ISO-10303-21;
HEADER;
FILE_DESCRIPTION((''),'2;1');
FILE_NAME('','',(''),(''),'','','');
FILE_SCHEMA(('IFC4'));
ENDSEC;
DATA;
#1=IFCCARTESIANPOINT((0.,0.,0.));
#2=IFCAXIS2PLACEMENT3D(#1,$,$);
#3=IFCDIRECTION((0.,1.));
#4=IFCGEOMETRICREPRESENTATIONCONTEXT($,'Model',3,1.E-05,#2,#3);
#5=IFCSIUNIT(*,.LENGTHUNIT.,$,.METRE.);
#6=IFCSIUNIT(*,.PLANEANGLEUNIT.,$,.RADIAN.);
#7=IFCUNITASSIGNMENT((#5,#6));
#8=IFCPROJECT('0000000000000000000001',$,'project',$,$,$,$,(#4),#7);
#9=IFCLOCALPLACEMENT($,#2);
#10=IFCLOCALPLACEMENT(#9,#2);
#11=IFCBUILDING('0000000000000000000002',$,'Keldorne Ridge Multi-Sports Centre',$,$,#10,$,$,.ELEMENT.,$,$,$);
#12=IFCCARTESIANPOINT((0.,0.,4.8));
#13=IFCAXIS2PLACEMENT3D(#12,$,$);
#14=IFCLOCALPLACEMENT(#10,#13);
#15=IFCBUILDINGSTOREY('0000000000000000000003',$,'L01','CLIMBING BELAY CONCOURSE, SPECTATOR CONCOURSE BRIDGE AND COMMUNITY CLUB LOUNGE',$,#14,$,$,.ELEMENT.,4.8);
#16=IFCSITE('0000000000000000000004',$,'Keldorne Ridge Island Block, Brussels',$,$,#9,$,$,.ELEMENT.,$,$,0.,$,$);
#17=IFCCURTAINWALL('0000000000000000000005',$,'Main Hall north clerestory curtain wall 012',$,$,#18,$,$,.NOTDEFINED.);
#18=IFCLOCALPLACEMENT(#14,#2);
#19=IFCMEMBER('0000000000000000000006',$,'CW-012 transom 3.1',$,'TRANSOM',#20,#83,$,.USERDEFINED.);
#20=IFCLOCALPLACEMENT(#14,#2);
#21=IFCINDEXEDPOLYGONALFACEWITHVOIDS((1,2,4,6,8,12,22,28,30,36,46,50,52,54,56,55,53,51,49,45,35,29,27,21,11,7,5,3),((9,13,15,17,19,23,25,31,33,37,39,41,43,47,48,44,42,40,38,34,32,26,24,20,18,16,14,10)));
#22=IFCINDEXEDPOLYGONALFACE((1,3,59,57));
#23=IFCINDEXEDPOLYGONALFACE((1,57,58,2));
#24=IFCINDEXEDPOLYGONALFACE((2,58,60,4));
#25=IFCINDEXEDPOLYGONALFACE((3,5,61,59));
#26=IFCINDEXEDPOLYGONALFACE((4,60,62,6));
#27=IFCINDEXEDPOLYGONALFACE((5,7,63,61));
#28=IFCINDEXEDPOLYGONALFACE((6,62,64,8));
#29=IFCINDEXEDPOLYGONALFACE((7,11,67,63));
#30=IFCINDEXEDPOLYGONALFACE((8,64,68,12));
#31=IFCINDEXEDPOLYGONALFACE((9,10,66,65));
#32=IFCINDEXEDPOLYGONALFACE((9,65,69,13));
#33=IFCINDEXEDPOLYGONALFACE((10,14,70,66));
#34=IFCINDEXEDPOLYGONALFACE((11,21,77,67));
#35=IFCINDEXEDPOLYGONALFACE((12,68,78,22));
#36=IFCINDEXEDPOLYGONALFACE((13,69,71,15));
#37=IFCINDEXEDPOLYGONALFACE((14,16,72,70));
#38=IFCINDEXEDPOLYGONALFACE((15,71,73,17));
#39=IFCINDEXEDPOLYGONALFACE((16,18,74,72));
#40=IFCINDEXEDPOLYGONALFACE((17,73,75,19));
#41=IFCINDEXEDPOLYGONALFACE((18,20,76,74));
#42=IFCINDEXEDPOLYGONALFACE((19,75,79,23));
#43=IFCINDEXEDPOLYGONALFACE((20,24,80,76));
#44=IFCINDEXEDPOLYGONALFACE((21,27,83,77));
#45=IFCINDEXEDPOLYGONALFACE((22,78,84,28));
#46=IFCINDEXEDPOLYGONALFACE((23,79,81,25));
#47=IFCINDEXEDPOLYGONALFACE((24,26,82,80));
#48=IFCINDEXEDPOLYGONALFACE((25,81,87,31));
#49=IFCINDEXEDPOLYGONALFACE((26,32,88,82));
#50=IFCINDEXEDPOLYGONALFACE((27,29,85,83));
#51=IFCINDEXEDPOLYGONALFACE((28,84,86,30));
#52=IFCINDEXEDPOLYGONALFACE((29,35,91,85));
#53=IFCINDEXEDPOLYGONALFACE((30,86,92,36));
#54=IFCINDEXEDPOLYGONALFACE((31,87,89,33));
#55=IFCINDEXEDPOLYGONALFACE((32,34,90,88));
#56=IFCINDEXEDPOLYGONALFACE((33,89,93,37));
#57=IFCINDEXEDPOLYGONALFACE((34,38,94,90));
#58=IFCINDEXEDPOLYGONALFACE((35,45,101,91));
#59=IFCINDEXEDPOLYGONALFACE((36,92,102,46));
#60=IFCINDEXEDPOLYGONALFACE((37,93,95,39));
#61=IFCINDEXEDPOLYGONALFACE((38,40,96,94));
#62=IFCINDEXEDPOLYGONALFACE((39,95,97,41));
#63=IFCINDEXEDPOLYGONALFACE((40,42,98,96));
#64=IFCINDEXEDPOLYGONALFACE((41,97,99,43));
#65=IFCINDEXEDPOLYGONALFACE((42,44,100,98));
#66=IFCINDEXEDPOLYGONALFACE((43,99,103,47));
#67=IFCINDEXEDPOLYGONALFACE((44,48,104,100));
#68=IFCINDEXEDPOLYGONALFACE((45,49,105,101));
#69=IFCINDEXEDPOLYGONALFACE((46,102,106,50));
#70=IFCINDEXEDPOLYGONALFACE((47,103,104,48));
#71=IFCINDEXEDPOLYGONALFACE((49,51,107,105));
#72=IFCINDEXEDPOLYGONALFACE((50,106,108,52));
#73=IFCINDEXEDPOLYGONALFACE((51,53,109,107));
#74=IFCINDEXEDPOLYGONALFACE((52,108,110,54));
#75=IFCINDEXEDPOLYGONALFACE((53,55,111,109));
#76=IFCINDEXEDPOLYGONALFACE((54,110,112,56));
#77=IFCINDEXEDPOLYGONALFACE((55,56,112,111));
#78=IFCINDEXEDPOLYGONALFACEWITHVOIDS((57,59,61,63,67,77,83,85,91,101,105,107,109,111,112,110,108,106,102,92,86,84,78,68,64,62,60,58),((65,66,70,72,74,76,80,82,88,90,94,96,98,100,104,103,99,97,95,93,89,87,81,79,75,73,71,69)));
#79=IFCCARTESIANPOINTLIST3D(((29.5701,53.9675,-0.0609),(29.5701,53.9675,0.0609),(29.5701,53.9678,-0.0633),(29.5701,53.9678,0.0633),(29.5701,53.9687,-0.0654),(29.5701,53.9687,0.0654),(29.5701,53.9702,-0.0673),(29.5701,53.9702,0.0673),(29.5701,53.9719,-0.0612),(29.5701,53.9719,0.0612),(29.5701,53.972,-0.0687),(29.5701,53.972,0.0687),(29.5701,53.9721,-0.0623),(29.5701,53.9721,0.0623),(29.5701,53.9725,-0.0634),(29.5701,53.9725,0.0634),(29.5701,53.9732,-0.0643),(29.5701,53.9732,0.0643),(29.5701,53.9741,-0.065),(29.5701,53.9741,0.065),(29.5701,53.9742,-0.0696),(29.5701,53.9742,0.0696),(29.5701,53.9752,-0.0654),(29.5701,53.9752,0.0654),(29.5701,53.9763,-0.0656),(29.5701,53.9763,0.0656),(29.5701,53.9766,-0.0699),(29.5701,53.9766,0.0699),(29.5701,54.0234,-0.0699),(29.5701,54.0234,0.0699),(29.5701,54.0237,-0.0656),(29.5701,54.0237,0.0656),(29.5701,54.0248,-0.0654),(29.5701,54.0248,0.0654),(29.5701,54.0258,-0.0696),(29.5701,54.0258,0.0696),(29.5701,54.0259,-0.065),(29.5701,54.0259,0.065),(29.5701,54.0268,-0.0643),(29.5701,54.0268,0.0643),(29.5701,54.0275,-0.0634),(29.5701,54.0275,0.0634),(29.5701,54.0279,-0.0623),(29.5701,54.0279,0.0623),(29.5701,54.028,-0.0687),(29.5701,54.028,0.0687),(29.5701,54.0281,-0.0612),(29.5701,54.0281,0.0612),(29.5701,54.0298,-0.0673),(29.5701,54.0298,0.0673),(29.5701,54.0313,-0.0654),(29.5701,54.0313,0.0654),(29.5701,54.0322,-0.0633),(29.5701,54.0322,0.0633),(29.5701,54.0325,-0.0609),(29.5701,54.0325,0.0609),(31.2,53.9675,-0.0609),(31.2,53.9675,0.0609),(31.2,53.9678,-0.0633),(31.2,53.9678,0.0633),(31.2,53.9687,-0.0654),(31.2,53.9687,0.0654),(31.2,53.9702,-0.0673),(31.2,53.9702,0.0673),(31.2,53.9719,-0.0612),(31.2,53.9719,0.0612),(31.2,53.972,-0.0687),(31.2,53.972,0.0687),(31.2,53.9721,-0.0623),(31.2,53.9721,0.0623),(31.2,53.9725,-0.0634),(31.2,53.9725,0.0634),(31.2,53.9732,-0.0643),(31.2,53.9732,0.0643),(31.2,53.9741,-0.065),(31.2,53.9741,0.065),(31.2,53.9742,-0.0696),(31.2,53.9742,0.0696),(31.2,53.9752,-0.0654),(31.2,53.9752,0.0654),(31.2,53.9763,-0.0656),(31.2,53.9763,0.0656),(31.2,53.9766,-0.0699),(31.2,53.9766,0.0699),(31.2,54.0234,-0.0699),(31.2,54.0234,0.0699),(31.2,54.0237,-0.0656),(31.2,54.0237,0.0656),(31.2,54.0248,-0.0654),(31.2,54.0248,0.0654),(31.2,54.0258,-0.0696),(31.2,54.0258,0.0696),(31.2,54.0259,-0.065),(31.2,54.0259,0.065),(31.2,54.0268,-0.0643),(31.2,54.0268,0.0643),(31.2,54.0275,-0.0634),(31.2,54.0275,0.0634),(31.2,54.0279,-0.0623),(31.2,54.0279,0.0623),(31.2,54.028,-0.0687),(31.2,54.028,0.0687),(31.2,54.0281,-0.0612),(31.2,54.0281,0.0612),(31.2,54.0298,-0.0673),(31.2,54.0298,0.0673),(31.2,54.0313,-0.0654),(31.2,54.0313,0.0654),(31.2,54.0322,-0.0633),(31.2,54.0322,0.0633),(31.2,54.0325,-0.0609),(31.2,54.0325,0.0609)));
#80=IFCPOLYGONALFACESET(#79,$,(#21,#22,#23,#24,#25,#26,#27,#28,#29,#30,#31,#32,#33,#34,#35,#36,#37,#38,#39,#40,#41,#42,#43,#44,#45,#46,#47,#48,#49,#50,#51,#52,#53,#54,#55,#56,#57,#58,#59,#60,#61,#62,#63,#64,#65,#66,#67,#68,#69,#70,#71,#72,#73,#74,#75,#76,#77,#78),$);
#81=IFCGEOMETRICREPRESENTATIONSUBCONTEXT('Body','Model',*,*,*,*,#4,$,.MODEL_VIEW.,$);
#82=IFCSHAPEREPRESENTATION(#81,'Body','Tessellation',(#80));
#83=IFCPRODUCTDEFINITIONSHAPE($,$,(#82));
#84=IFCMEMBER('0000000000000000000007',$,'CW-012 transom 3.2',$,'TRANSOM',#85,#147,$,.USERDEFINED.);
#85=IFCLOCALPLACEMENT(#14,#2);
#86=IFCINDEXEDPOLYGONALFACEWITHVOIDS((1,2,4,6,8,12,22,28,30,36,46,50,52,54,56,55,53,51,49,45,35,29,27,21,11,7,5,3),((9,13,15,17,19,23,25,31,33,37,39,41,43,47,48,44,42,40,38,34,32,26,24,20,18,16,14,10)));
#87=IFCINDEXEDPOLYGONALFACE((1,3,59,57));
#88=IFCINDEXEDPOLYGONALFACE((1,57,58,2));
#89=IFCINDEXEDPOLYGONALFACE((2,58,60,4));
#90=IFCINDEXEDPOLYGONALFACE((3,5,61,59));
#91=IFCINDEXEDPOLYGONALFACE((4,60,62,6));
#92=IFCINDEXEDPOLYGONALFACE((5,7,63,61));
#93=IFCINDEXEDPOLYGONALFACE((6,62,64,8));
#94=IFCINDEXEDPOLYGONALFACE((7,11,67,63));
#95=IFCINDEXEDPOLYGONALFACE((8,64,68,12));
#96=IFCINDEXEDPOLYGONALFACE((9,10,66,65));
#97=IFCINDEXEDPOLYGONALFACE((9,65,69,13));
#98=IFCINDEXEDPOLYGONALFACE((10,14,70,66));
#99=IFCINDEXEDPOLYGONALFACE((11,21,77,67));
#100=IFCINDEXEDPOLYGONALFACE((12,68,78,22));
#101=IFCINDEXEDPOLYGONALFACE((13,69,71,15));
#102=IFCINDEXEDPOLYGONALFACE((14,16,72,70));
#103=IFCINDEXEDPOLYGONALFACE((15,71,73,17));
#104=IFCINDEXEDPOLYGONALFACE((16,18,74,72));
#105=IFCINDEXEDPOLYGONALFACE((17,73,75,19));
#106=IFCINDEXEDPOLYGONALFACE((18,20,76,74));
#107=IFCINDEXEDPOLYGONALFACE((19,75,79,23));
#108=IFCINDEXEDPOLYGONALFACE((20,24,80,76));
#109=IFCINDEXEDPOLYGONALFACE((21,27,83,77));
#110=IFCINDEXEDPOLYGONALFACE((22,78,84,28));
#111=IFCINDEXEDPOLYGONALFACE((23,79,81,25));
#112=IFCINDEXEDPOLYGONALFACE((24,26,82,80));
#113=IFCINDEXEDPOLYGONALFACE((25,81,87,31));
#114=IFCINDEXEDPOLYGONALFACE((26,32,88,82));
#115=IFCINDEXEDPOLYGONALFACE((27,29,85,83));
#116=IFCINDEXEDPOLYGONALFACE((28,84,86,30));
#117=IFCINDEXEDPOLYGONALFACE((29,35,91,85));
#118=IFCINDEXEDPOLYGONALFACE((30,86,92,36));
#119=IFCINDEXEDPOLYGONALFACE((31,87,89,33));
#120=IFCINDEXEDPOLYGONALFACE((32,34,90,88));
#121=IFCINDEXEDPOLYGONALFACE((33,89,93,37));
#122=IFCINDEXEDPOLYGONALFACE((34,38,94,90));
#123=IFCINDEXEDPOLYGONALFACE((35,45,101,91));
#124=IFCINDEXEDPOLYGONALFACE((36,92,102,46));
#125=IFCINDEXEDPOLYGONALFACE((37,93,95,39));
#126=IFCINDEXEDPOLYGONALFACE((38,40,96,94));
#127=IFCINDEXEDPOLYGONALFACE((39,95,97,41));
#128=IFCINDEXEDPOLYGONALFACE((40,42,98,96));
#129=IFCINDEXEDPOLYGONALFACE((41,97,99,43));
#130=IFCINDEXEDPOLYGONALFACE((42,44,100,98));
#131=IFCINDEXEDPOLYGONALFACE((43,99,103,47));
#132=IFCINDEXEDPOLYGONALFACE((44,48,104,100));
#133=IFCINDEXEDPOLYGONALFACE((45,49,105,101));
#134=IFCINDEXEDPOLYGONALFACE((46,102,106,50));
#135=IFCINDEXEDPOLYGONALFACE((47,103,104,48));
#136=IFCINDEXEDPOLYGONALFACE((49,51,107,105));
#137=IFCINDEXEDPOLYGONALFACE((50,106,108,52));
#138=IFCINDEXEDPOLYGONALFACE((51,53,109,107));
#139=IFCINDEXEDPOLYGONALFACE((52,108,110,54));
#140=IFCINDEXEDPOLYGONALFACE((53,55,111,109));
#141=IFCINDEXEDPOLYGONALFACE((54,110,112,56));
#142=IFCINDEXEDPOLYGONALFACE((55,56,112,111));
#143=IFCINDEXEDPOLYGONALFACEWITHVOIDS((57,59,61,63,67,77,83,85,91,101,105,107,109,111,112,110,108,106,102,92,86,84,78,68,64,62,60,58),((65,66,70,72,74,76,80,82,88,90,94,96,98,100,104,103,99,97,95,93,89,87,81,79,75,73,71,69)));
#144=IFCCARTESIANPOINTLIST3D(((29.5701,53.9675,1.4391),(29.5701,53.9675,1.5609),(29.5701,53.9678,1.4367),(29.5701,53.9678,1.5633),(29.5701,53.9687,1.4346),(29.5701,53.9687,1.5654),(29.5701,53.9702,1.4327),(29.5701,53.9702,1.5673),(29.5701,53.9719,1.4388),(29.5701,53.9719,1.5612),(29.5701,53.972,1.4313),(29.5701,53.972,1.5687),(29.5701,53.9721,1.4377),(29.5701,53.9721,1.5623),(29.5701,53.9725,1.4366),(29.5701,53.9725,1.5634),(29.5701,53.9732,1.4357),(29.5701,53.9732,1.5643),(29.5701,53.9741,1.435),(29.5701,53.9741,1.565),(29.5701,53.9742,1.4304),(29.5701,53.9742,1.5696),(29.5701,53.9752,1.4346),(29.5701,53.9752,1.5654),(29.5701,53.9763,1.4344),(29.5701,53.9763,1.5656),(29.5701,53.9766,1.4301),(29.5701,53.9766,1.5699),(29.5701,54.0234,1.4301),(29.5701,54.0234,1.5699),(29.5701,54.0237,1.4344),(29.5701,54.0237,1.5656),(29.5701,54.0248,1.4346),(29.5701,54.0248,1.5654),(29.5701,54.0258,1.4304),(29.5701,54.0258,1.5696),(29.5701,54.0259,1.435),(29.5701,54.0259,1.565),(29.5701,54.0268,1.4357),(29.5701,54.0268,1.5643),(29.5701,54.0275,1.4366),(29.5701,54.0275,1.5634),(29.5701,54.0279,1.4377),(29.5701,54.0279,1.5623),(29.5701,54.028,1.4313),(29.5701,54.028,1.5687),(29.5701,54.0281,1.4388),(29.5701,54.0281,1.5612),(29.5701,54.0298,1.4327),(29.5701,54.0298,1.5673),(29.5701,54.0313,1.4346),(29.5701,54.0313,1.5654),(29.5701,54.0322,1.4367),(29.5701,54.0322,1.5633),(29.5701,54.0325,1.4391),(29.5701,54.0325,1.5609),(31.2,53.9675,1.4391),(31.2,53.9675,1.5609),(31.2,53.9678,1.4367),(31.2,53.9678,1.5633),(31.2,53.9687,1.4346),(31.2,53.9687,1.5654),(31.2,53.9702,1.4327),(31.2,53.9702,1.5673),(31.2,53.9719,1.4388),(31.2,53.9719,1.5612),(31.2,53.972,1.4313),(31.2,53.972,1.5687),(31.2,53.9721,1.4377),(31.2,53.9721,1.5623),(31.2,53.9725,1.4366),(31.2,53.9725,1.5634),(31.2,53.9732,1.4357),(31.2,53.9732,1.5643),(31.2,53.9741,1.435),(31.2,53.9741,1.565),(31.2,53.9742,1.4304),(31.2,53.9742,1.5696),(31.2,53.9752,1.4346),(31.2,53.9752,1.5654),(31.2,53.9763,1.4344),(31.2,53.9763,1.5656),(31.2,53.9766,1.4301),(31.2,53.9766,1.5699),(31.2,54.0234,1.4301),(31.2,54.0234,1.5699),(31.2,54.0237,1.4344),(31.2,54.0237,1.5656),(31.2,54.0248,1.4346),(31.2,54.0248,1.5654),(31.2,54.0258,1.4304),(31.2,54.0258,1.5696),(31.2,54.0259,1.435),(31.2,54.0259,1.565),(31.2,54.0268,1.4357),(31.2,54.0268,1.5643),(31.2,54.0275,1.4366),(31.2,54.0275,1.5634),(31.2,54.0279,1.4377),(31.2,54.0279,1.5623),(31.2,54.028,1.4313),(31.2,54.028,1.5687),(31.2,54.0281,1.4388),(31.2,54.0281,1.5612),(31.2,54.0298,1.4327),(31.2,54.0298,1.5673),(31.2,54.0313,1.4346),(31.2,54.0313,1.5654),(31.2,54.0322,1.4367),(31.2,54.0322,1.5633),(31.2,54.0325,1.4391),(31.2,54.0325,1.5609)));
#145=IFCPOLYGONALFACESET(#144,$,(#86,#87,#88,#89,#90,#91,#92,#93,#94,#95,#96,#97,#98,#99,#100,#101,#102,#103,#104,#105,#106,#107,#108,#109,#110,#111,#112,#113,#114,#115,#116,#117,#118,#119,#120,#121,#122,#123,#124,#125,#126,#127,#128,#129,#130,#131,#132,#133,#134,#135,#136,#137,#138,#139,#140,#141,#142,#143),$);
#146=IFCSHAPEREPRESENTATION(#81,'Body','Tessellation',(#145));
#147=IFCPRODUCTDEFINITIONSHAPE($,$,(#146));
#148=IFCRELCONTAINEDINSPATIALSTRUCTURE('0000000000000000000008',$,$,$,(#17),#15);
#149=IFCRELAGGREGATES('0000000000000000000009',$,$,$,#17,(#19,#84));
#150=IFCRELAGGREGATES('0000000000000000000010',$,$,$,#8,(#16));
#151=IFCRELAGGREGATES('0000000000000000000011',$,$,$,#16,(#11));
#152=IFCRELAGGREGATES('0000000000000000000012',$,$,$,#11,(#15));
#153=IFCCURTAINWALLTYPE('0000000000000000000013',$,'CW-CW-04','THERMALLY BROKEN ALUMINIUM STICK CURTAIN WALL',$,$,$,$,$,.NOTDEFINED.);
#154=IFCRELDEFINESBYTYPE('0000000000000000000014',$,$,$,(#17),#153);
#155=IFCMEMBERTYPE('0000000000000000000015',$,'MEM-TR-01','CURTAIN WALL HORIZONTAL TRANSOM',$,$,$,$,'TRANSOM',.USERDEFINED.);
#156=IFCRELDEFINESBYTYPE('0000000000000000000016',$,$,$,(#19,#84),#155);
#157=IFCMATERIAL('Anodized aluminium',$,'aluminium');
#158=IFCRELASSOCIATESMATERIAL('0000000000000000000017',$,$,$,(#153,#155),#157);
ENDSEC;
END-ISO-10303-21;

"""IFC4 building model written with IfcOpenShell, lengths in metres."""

from ifc_helpers import new_model, si_unit, direction, frame, origin, origin_2d, place, context, subcontext, project, spatial, hollow_rectangle, extrude, material, material_profile, profile_set, type_object, element, aggregate, save


model = new_model("IFC4")

# Units and contexts
model_context = context("Model", 3, precision=1e-05, world=origin(), true_north=direction((0.0, 1.0)))
body_context = subcontext(model_context, "Body", "Model", "MODEL_VIEW")
ifc_project = project(units=[si_unit("LENGTHUNIT", "METRE"), si_unit("PLANEANGLEUNIT", "RADIAN")], contexts=[model_context])

# Site, building, storey
site_placement = place(None, origin())
site = spatial("IfcSite", under=ifc_project, at=site_placement, Name="Keldorne Ridge Island Block, Brussels", CompositionType="ELEMENT", RefElevation=0.0)
building_placement = place(site_placement, origin())
building = spatial("IfcBuilding", under=site, at=building_placement, Name="Keldorne Ridge Multi-Sports Centre", CompositionType="ELEMENT")
storey_placement = place(building_placement, frame((0.0, 0.0, 4.8)))
storey = spatial("IfcBuildingStorey", under=building, at=storey_placement, Name="L01", Description="CLIMBING BELAY CONCOURSE, SPECTATOR CONCOURSE BRIDGE AND COMMUNITY CLUB LOUNGE", CompositionType="ELEMENT", Elevation=4.8)

# Curtain wall
ifc_material_1 = material(Name="Anodized aluminium", Category="aluminium")
curtain_wall_type_1 = type_object("IfcCurtainWallType", Name="CW-CW-04", Description="THERMALLY BROKEN ALUMINIUM STICK CURTAIN WALL", PredefinedType="NOTDEFINED", material=ifc_material_1)
curtain_wall_1_placement = place(storey_placement, origin())
curtain_wall_1 = element("IfcCurtainWall", 1, at=curtain_wall_1_placement, inside=storey, type_object=curtain_wall_type_1, Name="Main Hall north clerestory curtain wall 012", PredefinedType="NOTDEFINED")

# Members
ifc_material_profile_1 = material_profile(ifc_material_1, hollow_rectangle(XDim=0.0649, YDim=0.1399, WallThickness=0.0044, InnerFilletRadius=0.0044, OuterFilletRadius=0.009, at=origin_2d()), Name="ALU TRANSOM 140x65x4.5")
ifc_profile_set_1 = profile_set([ifc_material_profile_1], Name="Anodized aluminium")
member_type_1 = type_object("IfcMemberType", Name="MEM-TR-01", Description="CURTAIN WALL HORIZONTAL TRANSOM", ElementType="TRANSOM", PredefinedType="USERDEFINED", material=ifc_profile_set_1)
member_1_placement = place(storey_placement, frame((31.2, 54.0, 0.0), z_axis=(-1.0, 0.0, 0.0), x_axis=(0.0, -1.0, 0.0)))
member_1 = element("IfcMember", 2, at=member_1_placement, type_object=member_type_1, Name="CW-012 transom 3.1", ObjectType="TRANSOM", PredefinedType="USERDEFINED", context=body_context, shape_type="SweptSolid", body=[
    extrude(hollow_rectangle(XDim=0.0649, YDim=0.1399, WallThickness=0.0044, InnerFilletRadius=0.0044, OuterFilletRadius=0.009, at=origin_2d()), origin(), (0.0, 0.0, 1.0), 1.6299),
])
member_2_placement = place(storey_placement, frame((31.2, 54.0, 1.5), z_axis=(-1.0, 0.0, 0.0), x_axis=(0.0, -1.0, 0.0)))
member_2 = element("IfcMember", 3, at=member_2_placement, type_object=member_type_1, Name="CW-012 transom 3.2", ObjectType="TRANSOM", PredefinedType="USERDEFINED", context=body_context, shape_type="SweptSolid", body=[
    extrude(hollow_rectangle(XDim=0.0649, YDim=0.1399, WallThickness=0.0044, InnerFilletRadius=0.0044, OuterFilletRadius=0.009, at=origin_2d()), origin(), (0.0, 0.0, 1.0), 1.6299),
])

aggregate(curtain_wall_1, [member_1, member_2])

save(model, "model.ifc")
